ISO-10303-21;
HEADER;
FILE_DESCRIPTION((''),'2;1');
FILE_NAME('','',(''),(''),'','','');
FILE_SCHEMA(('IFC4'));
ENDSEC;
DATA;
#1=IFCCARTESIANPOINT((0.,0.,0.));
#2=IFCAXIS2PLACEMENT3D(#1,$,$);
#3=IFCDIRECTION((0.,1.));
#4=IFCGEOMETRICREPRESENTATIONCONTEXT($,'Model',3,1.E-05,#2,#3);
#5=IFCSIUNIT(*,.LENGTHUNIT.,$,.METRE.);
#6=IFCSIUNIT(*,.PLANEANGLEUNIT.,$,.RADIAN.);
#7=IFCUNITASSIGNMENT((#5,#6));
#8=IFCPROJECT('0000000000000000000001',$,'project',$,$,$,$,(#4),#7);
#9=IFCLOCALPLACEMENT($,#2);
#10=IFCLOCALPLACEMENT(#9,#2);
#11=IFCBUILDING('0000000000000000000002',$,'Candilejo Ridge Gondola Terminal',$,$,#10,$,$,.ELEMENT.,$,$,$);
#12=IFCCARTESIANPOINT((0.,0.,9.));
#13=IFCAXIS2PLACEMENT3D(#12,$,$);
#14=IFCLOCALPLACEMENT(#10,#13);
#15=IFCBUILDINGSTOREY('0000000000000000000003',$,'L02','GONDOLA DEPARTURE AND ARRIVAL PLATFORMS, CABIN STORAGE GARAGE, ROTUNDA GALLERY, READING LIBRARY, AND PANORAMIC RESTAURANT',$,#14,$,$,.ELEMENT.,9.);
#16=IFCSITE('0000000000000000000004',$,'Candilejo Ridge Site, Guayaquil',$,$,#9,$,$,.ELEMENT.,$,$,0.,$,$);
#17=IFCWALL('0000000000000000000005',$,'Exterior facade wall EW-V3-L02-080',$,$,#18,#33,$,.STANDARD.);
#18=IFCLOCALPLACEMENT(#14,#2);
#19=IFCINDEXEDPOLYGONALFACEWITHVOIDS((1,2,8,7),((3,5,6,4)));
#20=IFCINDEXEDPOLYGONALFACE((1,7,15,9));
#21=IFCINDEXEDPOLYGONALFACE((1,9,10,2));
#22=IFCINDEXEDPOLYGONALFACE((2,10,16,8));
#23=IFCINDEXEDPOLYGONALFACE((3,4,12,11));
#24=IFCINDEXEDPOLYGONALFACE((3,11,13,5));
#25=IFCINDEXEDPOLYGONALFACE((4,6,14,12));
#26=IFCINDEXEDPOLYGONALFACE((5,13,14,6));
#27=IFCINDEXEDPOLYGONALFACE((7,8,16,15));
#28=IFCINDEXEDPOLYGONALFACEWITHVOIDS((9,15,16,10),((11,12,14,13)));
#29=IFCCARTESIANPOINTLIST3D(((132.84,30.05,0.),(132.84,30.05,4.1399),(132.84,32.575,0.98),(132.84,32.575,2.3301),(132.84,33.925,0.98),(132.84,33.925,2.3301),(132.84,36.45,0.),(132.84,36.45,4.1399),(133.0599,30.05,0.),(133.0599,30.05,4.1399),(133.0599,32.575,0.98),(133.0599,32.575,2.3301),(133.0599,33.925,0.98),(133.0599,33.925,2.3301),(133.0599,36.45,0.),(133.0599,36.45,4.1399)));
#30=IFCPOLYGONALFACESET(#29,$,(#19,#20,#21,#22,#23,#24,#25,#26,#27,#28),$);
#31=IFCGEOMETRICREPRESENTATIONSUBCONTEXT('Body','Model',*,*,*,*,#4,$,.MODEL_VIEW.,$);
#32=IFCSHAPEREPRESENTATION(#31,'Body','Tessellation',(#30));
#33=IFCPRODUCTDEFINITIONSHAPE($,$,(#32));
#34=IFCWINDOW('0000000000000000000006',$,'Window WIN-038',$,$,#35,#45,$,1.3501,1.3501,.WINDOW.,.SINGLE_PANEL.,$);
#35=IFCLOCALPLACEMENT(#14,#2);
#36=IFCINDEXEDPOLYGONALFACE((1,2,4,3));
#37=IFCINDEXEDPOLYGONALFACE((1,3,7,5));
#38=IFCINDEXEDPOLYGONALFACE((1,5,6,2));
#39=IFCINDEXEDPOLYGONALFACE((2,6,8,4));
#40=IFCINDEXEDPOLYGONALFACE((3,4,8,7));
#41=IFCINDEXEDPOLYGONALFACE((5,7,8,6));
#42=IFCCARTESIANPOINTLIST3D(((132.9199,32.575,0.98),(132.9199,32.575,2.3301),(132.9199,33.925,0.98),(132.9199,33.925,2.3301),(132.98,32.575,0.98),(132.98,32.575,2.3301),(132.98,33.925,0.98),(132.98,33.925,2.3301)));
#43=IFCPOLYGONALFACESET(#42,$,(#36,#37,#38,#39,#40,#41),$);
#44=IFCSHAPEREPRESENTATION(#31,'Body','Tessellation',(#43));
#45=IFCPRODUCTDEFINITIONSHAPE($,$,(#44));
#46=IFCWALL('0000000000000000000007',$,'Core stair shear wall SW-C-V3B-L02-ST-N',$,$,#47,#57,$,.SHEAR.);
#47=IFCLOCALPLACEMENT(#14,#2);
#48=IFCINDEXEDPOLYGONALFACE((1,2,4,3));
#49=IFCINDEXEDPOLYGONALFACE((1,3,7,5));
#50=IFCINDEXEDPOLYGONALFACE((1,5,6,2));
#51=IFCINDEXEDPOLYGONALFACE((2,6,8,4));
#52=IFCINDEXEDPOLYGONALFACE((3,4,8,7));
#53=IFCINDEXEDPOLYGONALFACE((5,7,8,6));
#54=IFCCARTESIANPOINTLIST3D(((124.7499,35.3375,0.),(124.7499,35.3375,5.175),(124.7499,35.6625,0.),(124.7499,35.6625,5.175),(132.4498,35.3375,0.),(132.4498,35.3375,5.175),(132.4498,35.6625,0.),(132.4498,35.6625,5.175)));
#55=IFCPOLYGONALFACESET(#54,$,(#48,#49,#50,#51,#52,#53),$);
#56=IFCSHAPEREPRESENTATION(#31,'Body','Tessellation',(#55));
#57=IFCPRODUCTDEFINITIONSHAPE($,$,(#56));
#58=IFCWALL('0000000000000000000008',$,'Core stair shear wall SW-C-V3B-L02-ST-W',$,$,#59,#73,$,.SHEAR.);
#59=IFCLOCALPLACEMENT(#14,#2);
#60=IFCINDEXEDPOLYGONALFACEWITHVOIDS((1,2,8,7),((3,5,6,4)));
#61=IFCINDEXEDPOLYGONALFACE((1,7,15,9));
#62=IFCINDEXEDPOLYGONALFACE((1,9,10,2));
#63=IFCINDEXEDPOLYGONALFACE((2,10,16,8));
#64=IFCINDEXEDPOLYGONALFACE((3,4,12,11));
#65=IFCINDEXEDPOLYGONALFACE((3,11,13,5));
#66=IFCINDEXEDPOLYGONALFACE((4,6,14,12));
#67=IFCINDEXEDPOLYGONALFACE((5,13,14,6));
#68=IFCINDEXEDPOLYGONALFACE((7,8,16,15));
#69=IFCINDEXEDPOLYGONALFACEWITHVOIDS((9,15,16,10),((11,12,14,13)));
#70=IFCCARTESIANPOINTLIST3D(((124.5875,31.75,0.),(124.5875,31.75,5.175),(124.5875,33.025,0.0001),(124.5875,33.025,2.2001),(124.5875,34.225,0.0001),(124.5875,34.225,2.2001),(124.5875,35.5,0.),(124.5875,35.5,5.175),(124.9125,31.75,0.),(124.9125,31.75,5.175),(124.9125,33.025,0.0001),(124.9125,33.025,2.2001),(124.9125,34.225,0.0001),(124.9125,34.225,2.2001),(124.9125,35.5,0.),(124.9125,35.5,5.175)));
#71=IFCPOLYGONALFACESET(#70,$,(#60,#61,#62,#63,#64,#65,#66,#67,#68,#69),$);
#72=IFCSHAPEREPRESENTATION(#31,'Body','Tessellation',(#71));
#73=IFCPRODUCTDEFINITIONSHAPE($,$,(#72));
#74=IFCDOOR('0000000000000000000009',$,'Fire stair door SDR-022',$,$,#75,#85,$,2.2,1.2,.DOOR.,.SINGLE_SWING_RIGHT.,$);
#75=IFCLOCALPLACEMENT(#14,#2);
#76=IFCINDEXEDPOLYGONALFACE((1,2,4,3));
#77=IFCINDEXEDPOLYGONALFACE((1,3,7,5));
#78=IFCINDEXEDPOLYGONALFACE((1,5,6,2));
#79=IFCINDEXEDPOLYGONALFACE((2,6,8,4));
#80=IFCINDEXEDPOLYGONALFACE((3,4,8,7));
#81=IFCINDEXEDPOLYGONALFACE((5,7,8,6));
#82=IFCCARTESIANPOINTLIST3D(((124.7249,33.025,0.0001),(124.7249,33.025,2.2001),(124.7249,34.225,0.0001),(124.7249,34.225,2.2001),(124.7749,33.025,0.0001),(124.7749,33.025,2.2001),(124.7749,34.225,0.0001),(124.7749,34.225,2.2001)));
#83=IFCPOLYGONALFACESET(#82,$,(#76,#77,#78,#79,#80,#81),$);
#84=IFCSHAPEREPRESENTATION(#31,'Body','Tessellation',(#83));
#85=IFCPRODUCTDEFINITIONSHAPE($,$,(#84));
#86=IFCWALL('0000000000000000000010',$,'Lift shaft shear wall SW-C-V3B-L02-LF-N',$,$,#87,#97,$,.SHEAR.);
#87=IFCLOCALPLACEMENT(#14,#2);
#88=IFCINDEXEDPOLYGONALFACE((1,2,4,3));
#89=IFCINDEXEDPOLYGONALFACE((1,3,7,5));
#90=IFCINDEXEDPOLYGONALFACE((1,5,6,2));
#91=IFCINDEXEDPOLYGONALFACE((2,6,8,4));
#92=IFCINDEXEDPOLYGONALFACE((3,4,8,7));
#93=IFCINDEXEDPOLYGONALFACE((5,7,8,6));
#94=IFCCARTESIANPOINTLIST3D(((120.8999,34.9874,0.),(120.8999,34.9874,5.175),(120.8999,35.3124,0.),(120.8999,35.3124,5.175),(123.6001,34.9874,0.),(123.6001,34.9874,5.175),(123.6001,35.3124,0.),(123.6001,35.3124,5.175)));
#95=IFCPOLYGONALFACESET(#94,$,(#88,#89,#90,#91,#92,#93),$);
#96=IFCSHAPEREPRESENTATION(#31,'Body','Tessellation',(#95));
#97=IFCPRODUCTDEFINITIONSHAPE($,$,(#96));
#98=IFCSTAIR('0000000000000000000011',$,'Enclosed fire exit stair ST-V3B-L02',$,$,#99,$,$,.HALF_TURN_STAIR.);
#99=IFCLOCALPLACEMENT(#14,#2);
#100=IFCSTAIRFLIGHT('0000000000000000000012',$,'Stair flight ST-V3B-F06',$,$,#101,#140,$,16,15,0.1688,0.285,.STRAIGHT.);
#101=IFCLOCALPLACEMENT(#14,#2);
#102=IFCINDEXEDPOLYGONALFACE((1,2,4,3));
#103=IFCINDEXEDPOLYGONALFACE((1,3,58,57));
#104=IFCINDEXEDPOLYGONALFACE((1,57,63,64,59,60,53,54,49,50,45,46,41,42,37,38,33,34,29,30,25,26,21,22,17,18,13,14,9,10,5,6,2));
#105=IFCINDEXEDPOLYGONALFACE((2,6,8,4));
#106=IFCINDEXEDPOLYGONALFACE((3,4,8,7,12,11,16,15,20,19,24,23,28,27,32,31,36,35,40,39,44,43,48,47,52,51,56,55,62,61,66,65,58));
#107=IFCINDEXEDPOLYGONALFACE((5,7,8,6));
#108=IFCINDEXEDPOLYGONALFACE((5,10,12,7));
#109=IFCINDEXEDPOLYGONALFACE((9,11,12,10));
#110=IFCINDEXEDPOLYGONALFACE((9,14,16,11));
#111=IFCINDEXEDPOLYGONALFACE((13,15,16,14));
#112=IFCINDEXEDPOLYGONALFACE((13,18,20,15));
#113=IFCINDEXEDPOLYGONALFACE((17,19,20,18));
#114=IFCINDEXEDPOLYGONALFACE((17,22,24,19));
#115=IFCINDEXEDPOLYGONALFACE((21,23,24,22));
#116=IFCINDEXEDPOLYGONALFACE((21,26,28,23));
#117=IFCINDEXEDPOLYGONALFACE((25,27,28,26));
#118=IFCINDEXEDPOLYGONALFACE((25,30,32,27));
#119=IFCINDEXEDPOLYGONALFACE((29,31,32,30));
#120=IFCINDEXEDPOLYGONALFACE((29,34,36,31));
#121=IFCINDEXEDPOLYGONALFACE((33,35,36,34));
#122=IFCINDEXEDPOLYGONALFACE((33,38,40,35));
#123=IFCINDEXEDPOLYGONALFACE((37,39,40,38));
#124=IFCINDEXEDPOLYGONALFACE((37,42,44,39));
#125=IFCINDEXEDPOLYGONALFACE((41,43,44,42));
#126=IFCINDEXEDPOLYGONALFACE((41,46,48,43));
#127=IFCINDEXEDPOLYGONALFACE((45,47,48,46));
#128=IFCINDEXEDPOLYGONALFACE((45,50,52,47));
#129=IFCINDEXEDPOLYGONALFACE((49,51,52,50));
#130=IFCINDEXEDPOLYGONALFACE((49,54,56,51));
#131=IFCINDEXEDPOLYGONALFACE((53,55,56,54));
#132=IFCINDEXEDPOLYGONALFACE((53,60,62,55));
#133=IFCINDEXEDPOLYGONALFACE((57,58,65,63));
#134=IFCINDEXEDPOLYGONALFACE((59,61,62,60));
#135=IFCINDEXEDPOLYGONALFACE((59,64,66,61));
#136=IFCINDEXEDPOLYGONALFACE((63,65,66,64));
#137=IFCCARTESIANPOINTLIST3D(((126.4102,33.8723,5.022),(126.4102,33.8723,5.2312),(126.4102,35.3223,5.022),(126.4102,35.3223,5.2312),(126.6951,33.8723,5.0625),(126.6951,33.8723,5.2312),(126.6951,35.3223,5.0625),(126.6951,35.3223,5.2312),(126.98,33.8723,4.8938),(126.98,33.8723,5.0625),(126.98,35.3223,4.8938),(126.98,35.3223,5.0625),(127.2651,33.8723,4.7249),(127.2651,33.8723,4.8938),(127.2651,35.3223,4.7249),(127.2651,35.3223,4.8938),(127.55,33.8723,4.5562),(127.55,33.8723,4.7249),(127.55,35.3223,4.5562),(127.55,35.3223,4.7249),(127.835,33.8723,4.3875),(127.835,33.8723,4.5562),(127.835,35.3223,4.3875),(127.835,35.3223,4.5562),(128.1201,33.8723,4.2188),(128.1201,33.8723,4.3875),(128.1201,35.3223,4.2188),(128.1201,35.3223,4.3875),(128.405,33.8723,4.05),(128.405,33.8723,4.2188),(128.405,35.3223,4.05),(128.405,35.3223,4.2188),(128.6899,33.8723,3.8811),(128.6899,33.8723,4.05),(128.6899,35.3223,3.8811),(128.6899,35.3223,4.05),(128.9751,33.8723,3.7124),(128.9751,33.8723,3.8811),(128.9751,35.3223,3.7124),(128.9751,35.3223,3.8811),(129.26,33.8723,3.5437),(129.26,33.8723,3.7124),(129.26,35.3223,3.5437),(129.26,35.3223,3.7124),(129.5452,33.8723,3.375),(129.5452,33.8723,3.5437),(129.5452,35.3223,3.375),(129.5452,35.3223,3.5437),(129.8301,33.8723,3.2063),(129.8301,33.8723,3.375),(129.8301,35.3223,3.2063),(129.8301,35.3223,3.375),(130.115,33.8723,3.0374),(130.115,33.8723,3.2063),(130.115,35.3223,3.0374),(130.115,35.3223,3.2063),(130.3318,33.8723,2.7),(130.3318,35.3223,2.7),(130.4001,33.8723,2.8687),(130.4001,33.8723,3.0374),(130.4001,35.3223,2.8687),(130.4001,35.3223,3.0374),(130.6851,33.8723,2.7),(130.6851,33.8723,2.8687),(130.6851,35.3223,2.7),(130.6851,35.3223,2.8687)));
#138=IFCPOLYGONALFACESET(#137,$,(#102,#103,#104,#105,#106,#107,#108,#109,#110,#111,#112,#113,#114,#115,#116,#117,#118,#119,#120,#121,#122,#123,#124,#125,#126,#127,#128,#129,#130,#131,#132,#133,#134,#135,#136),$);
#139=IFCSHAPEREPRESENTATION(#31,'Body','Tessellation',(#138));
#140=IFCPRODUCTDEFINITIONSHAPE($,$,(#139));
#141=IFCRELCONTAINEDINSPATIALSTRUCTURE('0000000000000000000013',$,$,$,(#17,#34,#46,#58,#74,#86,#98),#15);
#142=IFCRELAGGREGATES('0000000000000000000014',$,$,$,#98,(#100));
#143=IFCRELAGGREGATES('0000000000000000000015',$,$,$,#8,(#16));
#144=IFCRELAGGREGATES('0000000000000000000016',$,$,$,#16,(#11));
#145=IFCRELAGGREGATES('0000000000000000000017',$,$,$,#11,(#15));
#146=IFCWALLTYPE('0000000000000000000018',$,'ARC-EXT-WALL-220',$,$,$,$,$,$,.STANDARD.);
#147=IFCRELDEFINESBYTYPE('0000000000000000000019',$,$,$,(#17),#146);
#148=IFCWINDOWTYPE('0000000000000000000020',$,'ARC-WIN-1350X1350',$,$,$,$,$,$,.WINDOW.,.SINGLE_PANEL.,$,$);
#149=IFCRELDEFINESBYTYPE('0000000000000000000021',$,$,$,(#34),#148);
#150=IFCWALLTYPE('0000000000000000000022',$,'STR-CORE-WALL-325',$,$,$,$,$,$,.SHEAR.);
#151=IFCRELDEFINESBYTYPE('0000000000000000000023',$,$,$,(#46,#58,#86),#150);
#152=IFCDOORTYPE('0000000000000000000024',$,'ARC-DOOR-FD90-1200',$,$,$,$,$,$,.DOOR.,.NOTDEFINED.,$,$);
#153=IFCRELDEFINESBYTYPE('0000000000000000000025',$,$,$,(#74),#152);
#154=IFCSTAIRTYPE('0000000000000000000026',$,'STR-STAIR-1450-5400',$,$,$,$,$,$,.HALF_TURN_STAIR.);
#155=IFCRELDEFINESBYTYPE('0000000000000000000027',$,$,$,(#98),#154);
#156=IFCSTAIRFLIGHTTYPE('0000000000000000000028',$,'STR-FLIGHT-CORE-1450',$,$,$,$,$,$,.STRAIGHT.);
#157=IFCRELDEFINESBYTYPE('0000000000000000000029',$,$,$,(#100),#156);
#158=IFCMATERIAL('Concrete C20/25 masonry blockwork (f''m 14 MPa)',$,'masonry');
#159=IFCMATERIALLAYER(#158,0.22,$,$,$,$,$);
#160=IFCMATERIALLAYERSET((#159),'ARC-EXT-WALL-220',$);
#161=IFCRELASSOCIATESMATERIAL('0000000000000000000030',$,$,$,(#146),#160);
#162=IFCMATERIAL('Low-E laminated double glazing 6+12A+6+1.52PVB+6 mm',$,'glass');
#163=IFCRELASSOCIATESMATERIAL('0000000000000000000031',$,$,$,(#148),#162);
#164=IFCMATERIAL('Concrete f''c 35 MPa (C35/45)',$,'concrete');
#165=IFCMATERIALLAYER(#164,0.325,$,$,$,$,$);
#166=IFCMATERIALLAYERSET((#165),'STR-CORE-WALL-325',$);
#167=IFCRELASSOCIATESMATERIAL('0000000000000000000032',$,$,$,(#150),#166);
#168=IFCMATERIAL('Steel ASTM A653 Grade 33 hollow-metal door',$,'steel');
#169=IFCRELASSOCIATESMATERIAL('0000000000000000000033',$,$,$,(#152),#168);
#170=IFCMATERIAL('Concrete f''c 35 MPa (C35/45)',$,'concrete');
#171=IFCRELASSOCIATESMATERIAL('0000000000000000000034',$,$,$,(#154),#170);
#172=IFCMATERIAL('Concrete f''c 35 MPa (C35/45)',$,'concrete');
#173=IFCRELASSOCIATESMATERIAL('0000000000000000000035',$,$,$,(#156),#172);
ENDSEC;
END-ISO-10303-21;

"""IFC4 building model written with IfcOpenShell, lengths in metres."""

from ifc_helpers import new_model, si_unit, direction, frame, frame_2d, origin, place, context, subcontext, project, spatial, polyline, rectangle, outline, extrude, material, layer, layer_set, type_object, element, fill, aggregate, save


model = new_model("IFC4")

# Units and contexts
model_context = context("Model", 3, precision=1e-05, world=origin(), true_north=direction((0.0, 1.0)))
body_context = subcontext(model_context, "Body", "Model", "MODEL_VIEW")
ifc_project = project(units=[si_unit("LENGTHUNIT", "METRE"), si_unit("PLANEANGLEUNIT", "RADIAN")], contexts=[model_context])

# Site, building, storey
site_placement = place(None, origin())
site = spatial("IfcSite", under=ifc_project, at=site_placement, Name="Candilejo Ridge Site, Guayaquil", CompositionType="ELEMENT", RefElevation=0.0)
building_placement = place(site_placement, origin())
building = spatial("IfcBuilding", under=site, at=building_placement, Name="Candilejo Ridge Gondola Terminal", CompositionType="ELEMENT")
storey_placement = place(building_placement, frame((0.0, 0.0, 9.0)))
storey = spatial("IfcBuildingStorey", under=building, at=storey_placement, Name="L02", Description="GONDOLA DEPARTURE AND ARRIVAL PLATFORMS, CABIN STORAGE GARAGE, ROTUNDA GALLERY, READING LIBRARY, AND PANORAMIC RESTAURANT", CompositionType="ELEMENT", Elevation=9.0)

# Wall, opening, window
ifc_material_1 = material(Name="Concrete C20/25 masonry blockwork (f'm 14 MPa)", Category="masonry")
ifc_layer_1 = layer(ifc_material_1, 0.22)
ifc_layer_set_1 = layer_set([ifc_layer_1], Name="ARC-EXT-WALL-220")
wall_type_1 = type_object("IfcWallType", Name="ARC-EXT-WALL-220", PredefinedType="STANDARD", material=ifc_layer_set_1)
wall_1_placement = place(storey_placement, frame((132.95, 36.45, 0.0), z_axis=(0.0, 0.0, 1.0), x_axis=(0.0, -1.0, 0.0)))
wall_1 = element("IfcWall", 1, at=wall_1_placement, inside=storey, type_object=wall_type_1, Name="Exterior facade wall EW-V3-L02-080", PredefinedType="STANDARD", context=body_context, shape_type="SweptSolid", body=[
    extrude(rectangle(XDim=6.3999, YDim=0.22, at=frame_2d((3.2, 0.0))), origin(), (0.0, 0.0, 1.0), 4.1399),
])
opening_1_placement = place(wall_1_placement, frame((2.5249, 0.0, 0.98)))
opening_1 = element("IfcOpeningElement", 2, at=opening_1_placement, cuts=wall_1, PredefinedType="OPENING", context=body_context, shape_type="SweptSolid", body=[
    extrude(rectangle(XDim=1.3501, YDim=1.3501, at=frame_2d((0.675, 0.675))), frame((0.0, 0.1199, 0.0), z_axis=(0.0, -1.0, 0.0), x_axis=(1.0, 0.0, 0.0)), (0.0, 0.0, 1.0), 0.24),
])
ifc_material_2 = material(Name="Low-E laminated double glazing 6+12A+6+1.52PVB+6 mm", Category="glass")
window_type = type_object("IfcWindowType", Name="ARC-WIN-1350X1350", PartitioningType="SINGLE_PANEL", PredefinedType="WINDOW", material=ifc_material_2)
window_placement = place(opening_1_placement, origin())
window = element("IfcWindow", 3, at=window_placement, inside=storey, type_object=window_type, Name="Window WIN-038", OverallHeight=1.3501, OverallWidth=1.3501, PartitioningType="SINGLE_PANEL", PredefinedType="WINDOW", context=body_context, shape_type="SweptSolid", body=[
    extrude(rectangle(XDim=1.3501, YDim=1.3501, at=frame_2d((0.675, 0.675))), frame((0.0, 0.03, 0.0), z_axis=(0.0, -1.0, 0.0), x_axis=(1.0, 0.0, 0.0)), (0.0, 0.0, 1.0), 0.0601),
])
fill(opening_1, window)

# Wall
ifc_material_3 = material(Name="Concrete f'c 35 MPa (C35/45)", Category="concrete")
ifc_layer_2 = layer(ifc_material_3, 0.325)
ifc_layer_set_2 = layer_set([ifc_layer_2], Name="STR-CORE-WALL-325")
wall_type_2 = type_object("IfcWallType", Name="STR-CORE-WALL-325", PredefinedType="SHEAR", material=ifc_layer_set_2)
wall_2_placement = place(storey_placement, frame((132.45, 35.5, 0.0), z_axis=(0.0, 0.0, 1.0), x_axis=(-1.0, 0.0, 0.0)))
element("IfcWall", 4, at=wall_2_placement, inside=storey, type_object=wall_type_2, Name="Core stair shear wall SW-C-V3B-L02-ST-N", PredefinedType="SHEAR", context=body_context, shape_type="SweptSolid", body=[
    extrude(rectangle(XDim=7.7, YDim=0.325, at=frame_2d((3.8501, 0.0))), origin(), (0.0, 0.0, 1.0), 5.175),
])

# Wall, opening, door
wall_3_placement = place(storey_placement, frame((124.75, 35.5, 0.0), z_axis=(0.0, 0.0, 1.0), x_axis=(0.0, -1.0, 0.0)))
wall_3 = element("IfcWall", 5, at=wall_3_placement, inside=storey, type_object=wall_type_2, Name="Core stair shear wall SW-C-V3B-L02-ST-W", PredefinedType="SHEAR", context=body_context, shape_type="SweptSolid", body=[
    extrude(rectangle(XDim=3.75, YDim=0.325, at=frame_2d((1.875, 0.0))), origin(), (0.0, 0.0, 1.0), 5.175),
])
opening_2_placement = place(wall_3_placement, frame((1.2749, 0.0, 0.0)))
opening_2 = element("IfcOpeningElement", 6, at=opening_2_placement, cuts=wall_3, PredefinedType="OPENING", context=body_context, shape_type="SweptSolid", body=[
    extrude(rectangle(XDim=1.2, YDim=2.2, at=frame_2d((0.6001, 1.1001))), frame((0.0, 0.1724, 0.0), z_axis=(0.0, -1.0, 0.0), x_axis=(1.0, 0.0, 0.0)), (0.0, 0.0, 1.0), 0.345),
])
ifc_material_4 = material(Name="Steel ASTM A653 Grade 33 hollow-metal door", Category="steel")
door_type = type_object("IfcDoorType", Name="ARC-DOOR-FD90-1200", OperationType="NOTDEFINED", PredefinedType="DOOR", material=ifc_material_4)
door_placement = place(opening_2_placement, origin())
door = element("IfcDoor", 7, at=door_placement, inside=storey, type_object=door_type, Name="Fire stair door SDR-022", OperationType="SINGLE_SWING_RIGHT", OverallHeight=2.2, OverallWidth=1.2, PredefinedType="DOOR", context=body_context, shape_type="SweptSolid", body=[
    extrude(rectangle(XDim=1.2, YDim=2.2, at=frame_2d((0.6001, 1.1001))), frame((0.0, 0.0249, 0.0), z_axis=(0.0, -1.0, 0.0), x_axis=(1.0, 0.0, 0.0)), (0.0, 0.0, 1.0), 0.05),
])
fill(opening_2, door)

# Wall
wall_4_placement = place(storey_placement, frame((120.8999, 35.1499, 0.0), z_axis=(0.0, 0.0, 1.0), x_axis=(1.0, 0.0, 0.0)))
element("IfcWall", 8, at=wall_4_placement, inside=storey, type_object=wall_type_2, Name="Lift shaft shear wall SW-C-V3B-L02-LF-N", PredefinedType="SHEAR", context=body_context, shape_type="SweptSolid", body=[
    extrude(rectangle(XDim=2.7002, YDim=0.325, at=frame_2d((1.3501, 0.0))), origin(), (0.0, 0.0, 1.0), 5.175),
])

# Stair, stair flight
ifc_material_5 = material(Name="Concrete f'c 35 MPa (C35/45)", Category="concrete")
stair_type = type_object("IfcStairType", Name="STR-STAIR-1450-5400", PredefinedType="HALF_TURN_STAIR", material=ifc_material_5)
stair_placement = place(storey_placement, origin())
stair = element("IfcStair", 9, at=stair_placement, inside=storey, type_object=stair_type, Name="Enclosed fire exit stair ST-V3B-L02", PredefinedType="HALF_TURN_STAIR")
ifc_material_6 = material(Name="Concrete f'c 35 MPa (C35/45)", Category="concrete")
stair_flight_type = type_object("IfcStairFlightType", Name="STR-FLIGHT-CORE-1450", PredefinedType="STRAIGHT", material=ifc_material_6)
stair_flight_placement = place(storey_placement, frame((130.6851, 34.5974, 2.7), z_axis=(0.0, 0.0, 1.0), x_axis=(-1.0, 0.0, 0.0)))
stair_flight = element("IfcStairFlight", 10, at=stair_flight_placement, type_object=stair_flight_type, Name="Stair flight ST-V3B-F06", NumberOfRisers=16, NumberOfTreads=15, PredefinedType="STRAIGHT", RiserHeight=0.1688, TreadLength=0.285, context=body_context, shape_type="SweptSolid", body=[
    extrude(outline(polyline([(0.0, 0.0), (0.0, 0.1687), (0.2849, 0.1687), (0.2849, 0.3374), (0.5701, 0.3374), (0.5701, 0.5063), (0.855, 0.5063), (0.855, 0.675), (1.1399, 0.675), (1.1399, 0.8438), (1.425, 0.8438), (1.425, 1.0125), (1.71, 1.0125), (1.71, 1.1812), (1.9951, 1.1812), (1.9951, 1.3501), (2.28, 1.3501), (2.28, 1.5188), (2.5649, 1.5188), (2.5649, 1.6875), (2.8501, 1.6875), (2.8501, 1.8562), (3.135, 1.8562), (3.135, 2.0249), (3.4199, 2.0249), (3.4199, 2.1938), (3.7051, 2.1938), (3.7051, 2.3625), (3.99, 2.3625), (3.99, 2.5312), (4.2749, 2.5312), (4.2749, 2.7), (4.2749, 2.322), (0.3533, 0.0), (0.0, 0.0)])), frame((0.0, 0.7251, 0.0), z_axis=(0.0, -1.0, 0.0), x_axis=(1.0, 0.0, 0.0)), (0.0, 0.0, 1.0), 1.45),
])
aggregate(stair, [stair_flight])

save(model, "model.ifc")
